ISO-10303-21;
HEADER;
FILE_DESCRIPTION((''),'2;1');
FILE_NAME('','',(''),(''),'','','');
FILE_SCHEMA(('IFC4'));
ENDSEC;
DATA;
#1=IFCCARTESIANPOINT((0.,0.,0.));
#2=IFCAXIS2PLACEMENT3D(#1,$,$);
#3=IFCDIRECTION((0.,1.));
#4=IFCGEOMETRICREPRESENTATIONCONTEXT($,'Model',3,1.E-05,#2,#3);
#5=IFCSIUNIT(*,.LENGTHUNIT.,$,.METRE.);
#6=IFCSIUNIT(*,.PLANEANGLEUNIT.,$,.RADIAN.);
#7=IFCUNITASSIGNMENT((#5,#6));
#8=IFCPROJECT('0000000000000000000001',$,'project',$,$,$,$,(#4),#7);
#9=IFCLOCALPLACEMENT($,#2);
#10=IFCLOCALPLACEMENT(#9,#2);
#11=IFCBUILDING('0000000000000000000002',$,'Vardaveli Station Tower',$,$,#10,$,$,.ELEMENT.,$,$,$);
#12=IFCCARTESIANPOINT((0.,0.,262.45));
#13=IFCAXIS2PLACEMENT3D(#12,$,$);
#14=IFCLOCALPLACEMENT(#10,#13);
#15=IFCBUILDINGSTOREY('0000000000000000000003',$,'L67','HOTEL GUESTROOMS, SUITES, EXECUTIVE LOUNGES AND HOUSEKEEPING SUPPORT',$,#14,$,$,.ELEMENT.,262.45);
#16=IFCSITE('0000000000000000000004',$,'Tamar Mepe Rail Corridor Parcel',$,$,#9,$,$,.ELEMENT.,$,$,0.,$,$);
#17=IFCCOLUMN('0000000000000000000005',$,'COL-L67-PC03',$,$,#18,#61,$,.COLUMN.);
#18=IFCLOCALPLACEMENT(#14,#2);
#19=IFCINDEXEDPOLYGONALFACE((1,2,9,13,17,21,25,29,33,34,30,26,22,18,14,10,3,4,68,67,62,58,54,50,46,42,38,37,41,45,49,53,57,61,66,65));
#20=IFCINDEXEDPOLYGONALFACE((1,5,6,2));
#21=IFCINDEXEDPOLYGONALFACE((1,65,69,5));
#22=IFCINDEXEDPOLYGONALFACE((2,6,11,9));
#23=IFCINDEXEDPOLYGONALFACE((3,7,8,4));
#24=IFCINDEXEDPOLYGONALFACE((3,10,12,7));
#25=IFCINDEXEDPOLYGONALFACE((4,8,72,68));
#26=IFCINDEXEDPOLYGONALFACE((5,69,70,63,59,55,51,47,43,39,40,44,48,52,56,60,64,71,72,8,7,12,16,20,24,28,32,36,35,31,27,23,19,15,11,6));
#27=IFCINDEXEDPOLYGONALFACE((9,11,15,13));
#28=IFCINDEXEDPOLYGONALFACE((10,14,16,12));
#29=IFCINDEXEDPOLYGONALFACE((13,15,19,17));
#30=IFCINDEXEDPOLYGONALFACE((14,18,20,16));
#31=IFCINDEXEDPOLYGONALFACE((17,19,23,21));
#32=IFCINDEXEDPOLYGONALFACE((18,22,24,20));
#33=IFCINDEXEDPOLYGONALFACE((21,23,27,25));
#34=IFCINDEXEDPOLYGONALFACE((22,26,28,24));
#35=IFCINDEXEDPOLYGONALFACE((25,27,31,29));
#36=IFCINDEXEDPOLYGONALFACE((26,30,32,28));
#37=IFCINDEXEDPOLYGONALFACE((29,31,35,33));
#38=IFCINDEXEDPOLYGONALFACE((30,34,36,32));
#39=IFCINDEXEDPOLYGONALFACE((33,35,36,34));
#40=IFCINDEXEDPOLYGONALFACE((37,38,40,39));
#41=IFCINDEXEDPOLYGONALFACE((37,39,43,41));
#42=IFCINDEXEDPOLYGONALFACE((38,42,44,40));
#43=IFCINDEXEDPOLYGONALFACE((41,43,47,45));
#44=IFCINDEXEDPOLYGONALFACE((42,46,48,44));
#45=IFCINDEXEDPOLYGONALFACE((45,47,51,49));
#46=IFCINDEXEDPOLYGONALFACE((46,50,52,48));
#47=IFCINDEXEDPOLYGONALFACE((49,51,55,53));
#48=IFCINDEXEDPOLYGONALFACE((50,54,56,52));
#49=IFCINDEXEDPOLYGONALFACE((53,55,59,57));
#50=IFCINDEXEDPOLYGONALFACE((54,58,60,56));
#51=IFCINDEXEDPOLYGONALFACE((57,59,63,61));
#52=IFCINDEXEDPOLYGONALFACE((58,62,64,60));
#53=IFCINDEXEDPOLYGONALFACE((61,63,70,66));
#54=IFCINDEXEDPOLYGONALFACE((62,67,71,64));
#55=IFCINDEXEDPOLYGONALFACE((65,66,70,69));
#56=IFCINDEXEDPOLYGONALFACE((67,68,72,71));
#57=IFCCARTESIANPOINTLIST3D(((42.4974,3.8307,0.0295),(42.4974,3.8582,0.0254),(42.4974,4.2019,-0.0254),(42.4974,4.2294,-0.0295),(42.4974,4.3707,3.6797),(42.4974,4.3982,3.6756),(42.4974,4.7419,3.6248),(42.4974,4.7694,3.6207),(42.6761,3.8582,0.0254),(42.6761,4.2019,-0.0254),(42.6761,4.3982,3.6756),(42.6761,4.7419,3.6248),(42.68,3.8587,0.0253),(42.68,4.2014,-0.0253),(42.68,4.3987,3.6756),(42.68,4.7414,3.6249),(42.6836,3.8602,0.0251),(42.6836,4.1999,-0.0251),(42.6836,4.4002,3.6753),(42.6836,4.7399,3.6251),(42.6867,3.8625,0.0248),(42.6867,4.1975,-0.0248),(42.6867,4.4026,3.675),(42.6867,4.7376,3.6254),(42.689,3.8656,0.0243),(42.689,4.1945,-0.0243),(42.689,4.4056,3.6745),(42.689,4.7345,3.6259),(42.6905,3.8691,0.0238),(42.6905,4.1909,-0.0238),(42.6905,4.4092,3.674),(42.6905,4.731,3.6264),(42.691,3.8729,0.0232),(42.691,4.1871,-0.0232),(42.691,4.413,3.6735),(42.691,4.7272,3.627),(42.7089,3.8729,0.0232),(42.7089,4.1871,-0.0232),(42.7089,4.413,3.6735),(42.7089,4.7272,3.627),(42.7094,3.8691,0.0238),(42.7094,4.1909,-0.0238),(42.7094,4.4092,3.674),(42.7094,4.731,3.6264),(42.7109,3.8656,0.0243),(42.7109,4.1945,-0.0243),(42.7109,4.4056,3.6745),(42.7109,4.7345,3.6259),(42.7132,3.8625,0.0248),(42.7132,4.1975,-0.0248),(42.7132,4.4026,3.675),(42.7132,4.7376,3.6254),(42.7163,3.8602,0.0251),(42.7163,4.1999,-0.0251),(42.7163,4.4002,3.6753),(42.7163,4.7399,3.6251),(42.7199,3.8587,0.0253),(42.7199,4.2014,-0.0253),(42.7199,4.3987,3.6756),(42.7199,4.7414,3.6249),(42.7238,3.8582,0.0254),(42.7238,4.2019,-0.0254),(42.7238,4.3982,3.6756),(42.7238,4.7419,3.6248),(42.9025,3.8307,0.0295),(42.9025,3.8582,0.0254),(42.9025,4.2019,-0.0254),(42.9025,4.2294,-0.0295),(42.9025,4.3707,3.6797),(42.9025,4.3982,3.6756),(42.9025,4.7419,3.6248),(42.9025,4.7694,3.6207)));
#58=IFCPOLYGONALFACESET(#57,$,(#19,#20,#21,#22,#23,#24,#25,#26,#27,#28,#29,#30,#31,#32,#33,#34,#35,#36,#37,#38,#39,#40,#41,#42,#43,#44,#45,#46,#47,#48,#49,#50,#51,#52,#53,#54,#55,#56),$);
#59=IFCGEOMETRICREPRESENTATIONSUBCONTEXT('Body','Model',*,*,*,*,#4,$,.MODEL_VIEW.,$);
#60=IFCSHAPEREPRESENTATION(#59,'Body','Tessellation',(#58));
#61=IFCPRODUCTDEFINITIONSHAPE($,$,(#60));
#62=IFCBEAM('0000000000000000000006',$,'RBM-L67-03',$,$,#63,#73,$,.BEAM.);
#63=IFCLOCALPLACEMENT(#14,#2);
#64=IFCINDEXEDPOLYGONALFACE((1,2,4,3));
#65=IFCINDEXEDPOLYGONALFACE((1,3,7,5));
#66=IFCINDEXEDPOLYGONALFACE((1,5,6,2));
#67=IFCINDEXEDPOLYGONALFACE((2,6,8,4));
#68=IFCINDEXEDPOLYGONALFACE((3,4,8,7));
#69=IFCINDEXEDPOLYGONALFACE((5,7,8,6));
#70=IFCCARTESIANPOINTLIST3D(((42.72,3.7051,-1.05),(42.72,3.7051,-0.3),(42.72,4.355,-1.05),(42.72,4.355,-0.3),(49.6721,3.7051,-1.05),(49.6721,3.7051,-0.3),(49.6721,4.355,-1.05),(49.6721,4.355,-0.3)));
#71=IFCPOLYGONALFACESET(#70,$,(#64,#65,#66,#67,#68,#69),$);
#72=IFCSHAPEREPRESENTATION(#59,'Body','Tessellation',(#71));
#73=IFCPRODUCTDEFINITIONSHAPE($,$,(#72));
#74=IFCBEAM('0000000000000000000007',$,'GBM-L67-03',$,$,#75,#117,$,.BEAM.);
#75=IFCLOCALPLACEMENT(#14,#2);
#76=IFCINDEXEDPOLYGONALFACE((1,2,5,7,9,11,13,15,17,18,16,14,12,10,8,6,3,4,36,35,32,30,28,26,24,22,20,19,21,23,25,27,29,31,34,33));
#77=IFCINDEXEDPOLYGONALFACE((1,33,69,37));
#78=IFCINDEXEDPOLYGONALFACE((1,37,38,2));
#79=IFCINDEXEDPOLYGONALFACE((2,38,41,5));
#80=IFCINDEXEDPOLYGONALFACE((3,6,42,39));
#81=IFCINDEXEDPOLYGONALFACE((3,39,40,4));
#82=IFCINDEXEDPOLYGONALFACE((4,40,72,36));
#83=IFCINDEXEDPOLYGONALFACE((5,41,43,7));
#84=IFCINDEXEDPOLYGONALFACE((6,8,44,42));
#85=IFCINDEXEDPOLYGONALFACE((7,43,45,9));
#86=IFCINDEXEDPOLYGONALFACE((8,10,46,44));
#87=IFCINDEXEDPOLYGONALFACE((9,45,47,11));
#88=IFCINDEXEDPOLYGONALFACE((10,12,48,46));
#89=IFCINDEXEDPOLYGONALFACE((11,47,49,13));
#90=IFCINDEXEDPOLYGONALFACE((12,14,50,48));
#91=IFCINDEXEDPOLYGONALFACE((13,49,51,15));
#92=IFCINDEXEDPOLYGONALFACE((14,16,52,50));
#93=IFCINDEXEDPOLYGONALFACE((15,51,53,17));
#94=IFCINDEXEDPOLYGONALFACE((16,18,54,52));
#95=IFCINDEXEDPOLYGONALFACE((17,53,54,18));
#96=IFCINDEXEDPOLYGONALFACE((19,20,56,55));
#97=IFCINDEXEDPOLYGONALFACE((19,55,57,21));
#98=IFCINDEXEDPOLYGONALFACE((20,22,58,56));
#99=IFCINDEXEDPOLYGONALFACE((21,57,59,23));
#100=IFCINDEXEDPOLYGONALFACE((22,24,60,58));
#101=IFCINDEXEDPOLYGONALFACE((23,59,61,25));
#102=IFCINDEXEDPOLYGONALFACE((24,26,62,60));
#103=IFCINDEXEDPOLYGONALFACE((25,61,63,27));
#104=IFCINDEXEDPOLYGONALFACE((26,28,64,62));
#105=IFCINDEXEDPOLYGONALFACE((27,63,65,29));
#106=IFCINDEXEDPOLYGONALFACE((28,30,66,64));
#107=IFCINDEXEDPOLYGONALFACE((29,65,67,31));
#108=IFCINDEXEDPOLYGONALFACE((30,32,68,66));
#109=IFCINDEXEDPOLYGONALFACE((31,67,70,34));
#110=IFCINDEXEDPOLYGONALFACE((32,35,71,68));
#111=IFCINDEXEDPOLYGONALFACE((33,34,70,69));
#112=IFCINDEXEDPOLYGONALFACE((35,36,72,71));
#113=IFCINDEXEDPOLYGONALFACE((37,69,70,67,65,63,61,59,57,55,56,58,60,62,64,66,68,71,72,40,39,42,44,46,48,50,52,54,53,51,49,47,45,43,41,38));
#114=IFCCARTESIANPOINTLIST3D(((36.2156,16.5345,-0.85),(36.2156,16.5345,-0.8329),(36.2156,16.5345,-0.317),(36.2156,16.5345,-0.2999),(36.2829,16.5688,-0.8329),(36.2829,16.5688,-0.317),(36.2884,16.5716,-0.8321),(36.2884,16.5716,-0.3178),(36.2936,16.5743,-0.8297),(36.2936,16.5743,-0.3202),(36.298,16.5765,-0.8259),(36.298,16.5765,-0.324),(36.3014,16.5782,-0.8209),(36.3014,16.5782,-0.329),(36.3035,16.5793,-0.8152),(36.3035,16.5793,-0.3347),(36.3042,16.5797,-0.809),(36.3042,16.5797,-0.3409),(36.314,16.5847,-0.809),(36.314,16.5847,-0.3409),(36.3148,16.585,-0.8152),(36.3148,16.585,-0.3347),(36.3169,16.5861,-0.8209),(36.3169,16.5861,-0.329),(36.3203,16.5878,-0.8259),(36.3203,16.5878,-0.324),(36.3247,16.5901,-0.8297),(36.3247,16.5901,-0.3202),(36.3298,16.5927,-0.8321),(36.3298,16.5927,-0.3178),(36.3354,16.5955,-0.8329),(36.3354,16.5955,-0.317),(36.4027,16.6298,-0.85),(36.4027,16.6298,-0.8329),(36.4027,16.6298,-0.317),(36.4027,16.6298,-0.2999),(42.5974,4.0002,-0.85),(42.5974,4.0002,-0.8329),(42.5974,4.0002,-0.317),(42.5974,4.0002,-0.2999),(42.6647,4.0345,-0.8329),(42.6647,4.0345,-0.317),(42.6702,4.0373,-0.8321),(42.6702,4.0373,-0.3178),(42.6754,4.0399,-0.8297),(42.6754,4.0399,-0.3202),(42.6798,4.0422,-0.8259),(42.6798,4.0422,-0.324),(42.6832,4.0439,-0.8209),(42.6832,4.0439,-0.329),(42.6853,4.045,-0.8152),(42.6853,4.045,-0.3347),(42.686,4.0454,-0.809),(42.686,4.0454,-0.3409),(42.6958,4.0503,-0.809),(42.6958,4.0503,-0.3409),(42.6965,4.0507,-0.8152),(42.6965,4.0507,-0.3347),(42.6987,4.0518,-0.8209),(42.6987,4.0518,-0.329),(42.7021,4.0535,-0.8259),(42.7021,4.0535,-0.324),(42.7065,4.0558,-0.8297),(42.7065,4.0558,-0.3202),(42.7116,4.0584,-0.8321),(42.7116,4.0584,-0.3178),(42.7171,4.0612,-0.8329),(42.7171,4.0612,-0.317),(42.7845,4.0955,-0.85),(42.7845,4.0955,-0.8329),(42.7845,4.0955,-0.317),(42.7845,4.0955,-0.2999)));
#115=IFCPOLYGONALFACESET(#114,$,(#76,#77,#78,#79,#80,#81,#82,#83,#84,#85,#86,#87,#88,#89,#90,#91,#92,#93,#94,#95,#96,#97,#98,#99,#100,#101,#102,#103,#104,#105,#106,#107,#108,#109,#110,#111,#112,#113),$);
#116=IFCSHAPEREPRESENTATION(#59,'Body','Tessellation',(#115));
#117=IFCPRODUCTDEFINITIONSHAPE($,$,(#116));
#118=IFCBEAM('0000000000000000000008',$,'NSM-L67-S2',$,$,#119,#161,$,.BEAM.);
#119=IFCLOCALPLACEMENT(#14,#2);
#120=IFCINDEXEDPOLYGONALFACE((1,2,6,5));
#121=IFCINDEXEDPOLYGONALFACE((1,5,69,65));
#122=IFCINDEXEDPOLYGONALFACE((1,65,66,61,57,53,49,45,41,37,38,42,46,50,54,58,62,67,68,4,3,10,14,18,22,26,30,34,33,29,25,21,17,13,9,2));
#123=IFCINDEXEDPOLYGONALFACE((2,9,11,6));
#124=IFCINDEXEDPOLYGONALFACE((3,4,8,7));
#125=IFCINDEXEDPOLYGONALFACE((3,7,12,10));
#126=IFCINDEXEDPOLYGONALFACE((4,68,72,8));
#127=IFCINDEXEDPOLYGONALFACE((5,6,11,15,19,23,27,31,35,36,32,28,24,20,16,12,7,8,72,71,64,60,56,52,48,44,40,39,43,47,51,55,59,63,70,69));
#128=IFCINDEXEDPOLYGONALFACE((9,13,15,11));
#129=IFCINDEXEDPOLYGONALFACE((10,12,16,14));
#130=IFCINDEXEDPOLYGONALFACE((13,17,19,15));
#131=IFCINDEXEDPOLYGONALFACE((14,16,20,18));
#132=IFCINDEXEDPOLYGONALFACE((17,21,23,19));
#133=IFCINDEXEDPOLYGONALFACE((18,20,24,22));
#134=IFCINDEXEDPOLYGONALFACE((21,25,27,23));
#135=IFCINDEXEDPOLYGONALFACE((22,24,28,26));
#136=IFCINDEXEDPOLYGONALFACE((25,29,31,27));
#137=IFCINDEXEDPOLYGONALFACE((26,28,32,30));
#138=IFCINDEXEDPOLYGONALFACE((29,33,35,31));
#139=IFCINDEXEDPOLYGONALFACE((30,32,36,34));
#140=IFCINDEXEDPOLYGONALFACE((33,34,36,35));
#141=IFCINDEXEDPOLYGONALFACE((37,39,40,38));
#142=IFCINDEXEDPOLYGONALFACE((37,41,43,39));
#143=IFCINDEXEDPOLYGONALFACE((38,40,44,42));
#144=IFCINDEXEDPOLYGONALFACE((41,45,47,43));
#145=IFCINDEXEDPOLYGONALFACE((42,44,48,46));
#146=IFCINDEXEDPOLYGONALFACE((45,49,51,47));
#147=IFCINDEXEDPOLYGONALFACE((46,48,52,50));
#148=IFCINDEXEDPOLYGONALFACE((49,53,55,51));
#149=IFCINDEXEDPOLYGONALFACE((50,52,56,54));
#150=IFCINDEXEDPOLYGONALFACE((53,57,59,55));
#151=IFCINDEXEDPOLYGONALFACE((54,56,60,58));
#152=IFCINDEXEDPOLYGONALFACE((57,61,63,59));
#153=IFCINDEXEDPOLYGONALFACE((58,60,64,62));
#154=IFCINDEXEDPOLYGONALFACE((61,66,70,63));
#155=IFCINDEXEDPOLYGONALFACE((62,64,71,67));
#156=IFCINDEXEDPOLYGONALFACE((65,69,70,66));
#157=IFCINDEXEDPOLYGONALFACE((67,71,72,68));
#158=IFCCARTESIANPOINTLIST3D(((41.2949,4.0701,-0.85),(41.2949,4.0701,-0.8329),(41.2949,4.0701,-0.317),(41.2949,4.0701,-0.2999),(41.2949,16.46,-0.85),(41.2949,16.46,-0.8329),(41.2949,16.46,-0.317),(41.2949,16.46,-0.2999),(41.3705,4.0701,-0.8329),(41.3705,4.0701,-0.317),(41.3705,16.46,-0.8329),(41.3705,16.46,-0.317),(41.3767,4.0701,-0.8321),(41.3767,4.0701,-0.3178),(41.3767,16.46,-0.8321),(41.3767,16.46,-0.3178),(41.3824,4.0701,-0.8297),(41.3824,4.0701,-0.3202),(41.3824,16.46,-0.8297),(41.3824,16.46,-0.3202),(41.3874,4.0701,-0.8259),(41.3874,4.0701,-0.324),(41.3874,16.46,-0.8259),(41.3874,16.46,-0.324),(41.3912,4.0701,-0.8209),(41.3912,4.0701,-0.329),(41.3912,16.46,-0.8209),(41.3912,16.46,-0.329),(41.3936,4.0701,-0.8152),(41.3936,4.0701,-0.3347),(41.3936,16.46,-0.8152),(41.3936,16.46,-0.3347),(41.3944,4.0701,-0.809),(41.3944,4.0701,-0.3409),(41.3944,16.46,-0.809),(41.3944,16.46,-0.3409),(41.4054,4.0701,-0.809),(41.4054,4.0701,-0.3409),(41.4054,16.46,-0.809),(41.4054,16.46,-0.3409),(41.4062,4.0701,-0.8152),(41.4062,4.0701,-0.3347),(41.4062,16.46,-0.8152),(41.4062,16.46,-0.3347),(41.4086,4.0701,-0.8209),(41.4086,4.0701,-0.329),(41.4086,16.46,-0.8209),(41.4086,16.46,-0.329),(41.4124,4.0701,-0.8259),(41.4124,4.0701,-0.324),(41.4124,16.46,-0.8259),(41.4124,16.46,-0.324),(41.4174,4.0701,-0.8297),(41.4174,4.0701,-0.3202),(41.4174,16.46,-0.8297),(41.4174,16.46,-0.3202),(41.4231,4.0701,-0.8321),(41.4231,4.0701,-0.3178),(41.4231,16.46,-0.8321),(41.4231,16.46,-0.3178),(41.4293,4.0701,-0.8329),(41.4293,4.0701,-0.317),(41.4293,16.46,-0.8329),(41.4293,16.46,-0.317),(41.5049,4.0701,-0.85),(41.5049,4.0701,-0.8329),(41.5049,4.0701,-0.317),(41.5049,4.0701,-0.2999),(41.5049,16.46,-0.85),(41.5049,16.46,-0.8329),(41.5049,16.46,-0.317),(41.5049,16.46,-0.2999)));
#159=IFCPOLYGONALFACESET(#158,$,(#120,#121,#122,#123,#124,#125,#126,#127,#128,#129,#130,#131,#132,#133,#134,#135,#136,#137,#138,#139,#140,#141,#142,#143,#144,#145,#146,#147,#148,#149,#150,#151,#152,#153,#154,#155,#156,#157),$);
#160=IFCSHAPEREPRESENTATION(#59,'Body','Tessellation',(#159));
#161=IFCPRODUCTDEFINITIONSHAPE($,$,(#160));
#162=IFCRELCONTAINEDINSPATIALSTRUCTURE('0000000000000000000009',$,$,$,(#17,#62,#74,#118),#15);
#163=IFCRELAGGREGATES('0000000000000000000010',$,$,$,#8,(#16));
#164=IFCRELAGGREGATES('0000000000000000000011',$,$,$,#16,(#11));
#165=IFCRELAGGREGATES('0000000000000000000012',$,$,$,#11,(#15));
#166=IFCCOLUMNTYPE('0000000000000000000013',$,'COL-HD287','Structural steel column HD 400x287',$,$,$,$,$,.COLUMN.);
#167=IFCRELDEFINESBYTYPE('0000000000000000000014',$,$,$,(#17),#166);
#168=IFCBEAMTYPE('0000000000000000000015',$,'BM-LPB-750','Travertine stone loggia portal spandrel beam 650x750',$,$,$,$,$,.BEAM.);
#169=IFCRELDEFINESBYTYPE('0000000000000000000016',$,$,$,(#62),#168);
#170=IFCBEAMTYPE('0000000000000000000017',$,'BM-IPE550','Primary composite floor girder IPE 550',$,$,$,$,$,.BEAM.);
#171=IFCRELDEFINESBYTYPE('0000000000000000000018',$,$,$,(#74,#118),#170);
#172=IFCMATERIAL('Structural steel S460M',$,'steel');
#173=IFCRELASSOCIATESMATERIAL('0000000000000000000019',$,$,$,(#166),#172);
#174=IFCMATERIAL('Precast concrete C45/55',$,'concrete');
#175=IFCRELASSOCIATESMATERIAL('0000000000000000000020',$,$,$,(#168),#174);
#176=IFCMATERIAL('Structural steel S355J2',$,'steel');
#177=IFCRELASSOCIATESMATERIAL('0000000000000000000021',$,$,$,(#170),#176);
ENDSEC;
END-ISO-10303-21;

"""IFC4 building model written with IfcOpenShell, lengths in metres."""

from ifc_helpers import new_model, si_unit, direction, frame, origin, origin_2d, place, context, subcontext, project, spatial, rectangle, i_section, extrude, source, transform, mapped, material, material_profile, profile_set, type_object, element, save


model = new_model("IFC4")

# Units and contexts
model_context = context("Model", 3, precision=1e-05, world=origin(), true_north=direction((0.0, 1.0)))
body_context = subcontext(model_context, "Body", "Model", "MODEL_VIEW")
ifc_project = project(units=[si_unit("LENGTHUNIT", "METRE"), si_unit("PLANEANGLEUNIT", "RADIAN")], contexts=[model_context])

# Site, building, storey
site_placement = place(None, origin())
site = spatial("IfcSite", under=ifc_project, at=site_placement, Name="Tamar Mepe Rail Corridor Parcel", CompositionType="ELEMENT", RefElevation=0.0)
building_placement = place(site_placement, origin())
building = spatial("IfcBuilding", under=site, at=building_placement, Name="Vardaveli Station Tower", CompositionType="ELEMENT")
storey_placement = place(building_placement, frame((0.0, 0.0, 262.45)))
storey = spatial("IfcBuildingStorey", under=building, at=storey_placement, Name="L67", Description="HOTEL GUESTROOMS, SUITES, EXECUTIVE LOUNGES AND HOUSEKEEPING SUPPORT", CompositionType="ELEMENT", Elevation=262.45)

# Column
ifc_material_1 = material(Name="Structural steel S460M", Category="steel")
ifc_material_profile_1 = material_profile(ifc_material_1, i_section(OverallWidth=0.405, OverallDepth=0.4031, WebThickness=0.0178, FlangeThickness=0.0278, FilletRadius=0.0149, at=origin_2d()), Name="HD 400x287")
ifc_profile_set_1 = profile_set([ifc_material_profile_1], Name="Structural steel S460M")
column_type = type_object("IfcColumnType", Name="COL-HD287", Description="Structural steel column HD 400x287", PredefinedType="COLUMN", material=ifc_profile_set_1)
shared_shape_1 = source(origin(), body_context, "Body", "SweptSolid", [
    extrude(i_section(OverallWidth=0.405, OverallDepth=0.4031, WebThickness=0.0178, FlangeThickness=0.0278, FilletRadius=0.0149, at=origin_2d()), origin(), (0.0, 0.0, 1.0), 3.6899),
])
column_placement = place(storey_placement, frame((42.7, 4.03, 0.0), z_axis=(0.0, 0.146357, 0.989232), x_axis=(-1.0, 0.0, 0.0)))
element("IfcColumn", 1, at=column_placement, inside=storey, type_object=column_type, Name="COL-L67-PC03", PredefinedType="COLUMN", context=body_context, shape_type="MappedRepresentation", body=[
    mapped(shared_shape_1, transform((0.0, 0.0, 0.0), scale=1.0)),
])

# Beams
ifc_material_2 = material(Name="Precast concrete C45/55", Category="concrete")
ifc_material_profile_2 = material_profile(ifc_material_2, rectangle(XDim=0.6499, YDim=0.75, at=origin_2d()), Name="LPB 650x750")
ifc_profile_set_2 = profile_set([ifc_material_profile_2], Name="Precast concrete C45/55")
beam_type_1 = type_object("IfcBeamType", Name="BM-LPB-750", Description="Travertine stone loggia portal spandrel beam 650x750", PredefinedType="BEAM", material=ifc_profile_set_2)
shared_shape_2 = source(origin(), body_context, "Body", "SweptSolid", [
    extrude(rectangle(XDim=0.6499, YDim=0.75, at=origin_2d()), origin(), (0.0, 0.0, 1.0), 6.9521),
])
beam_1_placement = place(storey_placement, frame((42.72, 4.03, -0.675), z_axis=(1.0, 0.0, 0.0), x_axis=(0.0, 1.0, 0.0)))
element("IfcBeam", 2, at=beam_1_placement, inside=storey, type_object=beam_type_1, Name="RBM-L67-03", PredefinedType="BEAM", context=body_context, shape_type="MappedRepresentation", body=[
    mapped(shared_shape_2, transform((0.0, 0.0, 0.0), scale=1.0)),
])
ifc_material_3 = material(Name="Structural steel S355J2", Category="steel")
ifc_material_profile_3 = material_profile(ifc_material_3, i_section(OverallWidth=0.21, OverallDepth=0.55, WebThickness=0.011, FlangeThickness=0.0171, FilletRadius=0.0239, at=origin_2d()), Name="IPE 550")
ifc_profile_set_3 = profile_set([ifc_material_profile_3], Name="Structural steel S355J2")
beam_type_2 = type_object("IfcBeamType", Name="BM-IPE550", Description="Primary composite floor girder IPE 550", PredefinedType="BEAM", material=ifc_profile_set_3)
shared_shape_3 = source(origin(), body_context, "Body", "SweptSolid", [
    extrude(i_section(OverallWidth=0.21, OverallDepth=0.55, WebThickness=0.011, FlangeThickness=0.0171, FilletRadius=0.0239, at=origin_2d()), origin(), (0.0, 0.0, 1.0), 14.0654),
])
beam_2_placement = place(storey_placement, frame((42.6909, 4.0479, -0.575), z_axis=(-0.453721, 0.891144, 0.0), x_axis=(-0.891144, -0.453721, 0.0)))
element("IfcBeam", 3, at=beam_2_placement, inside=storey, type_object=beam_type_2, Name="GBM-L67-03", PredefinedType="BEAM", context=body_context, shape_type="MappedRepresentation", body=[
    mapped(shared_shape_3, transform((0.0, 0.0, 0.0), scale=1.0)),
])
shared_shape_4 = source(origin(), body_context, "Body", "SweptSolid", [
    extrude(i_section(OverallWidth=0.21, OverallDepth=0.55, WebThickness=0.011, FlangeThickness=0.0171, FilletRadius=0.0239, at=origin_2d()), origin(), (0.0, 0.0, 1.0), 12.3899),
])
beam_3_placement = place(storey_placement, frame((41.3999, 4.0701, -0.575), z_axis=(0.0, 1.0, 0.0), x_axis=(-1.0, 0.0, 0.0)))
element("IfcBeam", 4, at=beam_3_placement, inside=storey, type_object=beam_type_2, Name="NSM-L67-S2", PredefinedType="BEAM", context=body_context, shape_type="MappedRepresentation", body=[
    mapped(shared_shape_4, transform((0.0, 0.0, 0.0), scale=1.0)),
])

save(model, "model.ifc")
